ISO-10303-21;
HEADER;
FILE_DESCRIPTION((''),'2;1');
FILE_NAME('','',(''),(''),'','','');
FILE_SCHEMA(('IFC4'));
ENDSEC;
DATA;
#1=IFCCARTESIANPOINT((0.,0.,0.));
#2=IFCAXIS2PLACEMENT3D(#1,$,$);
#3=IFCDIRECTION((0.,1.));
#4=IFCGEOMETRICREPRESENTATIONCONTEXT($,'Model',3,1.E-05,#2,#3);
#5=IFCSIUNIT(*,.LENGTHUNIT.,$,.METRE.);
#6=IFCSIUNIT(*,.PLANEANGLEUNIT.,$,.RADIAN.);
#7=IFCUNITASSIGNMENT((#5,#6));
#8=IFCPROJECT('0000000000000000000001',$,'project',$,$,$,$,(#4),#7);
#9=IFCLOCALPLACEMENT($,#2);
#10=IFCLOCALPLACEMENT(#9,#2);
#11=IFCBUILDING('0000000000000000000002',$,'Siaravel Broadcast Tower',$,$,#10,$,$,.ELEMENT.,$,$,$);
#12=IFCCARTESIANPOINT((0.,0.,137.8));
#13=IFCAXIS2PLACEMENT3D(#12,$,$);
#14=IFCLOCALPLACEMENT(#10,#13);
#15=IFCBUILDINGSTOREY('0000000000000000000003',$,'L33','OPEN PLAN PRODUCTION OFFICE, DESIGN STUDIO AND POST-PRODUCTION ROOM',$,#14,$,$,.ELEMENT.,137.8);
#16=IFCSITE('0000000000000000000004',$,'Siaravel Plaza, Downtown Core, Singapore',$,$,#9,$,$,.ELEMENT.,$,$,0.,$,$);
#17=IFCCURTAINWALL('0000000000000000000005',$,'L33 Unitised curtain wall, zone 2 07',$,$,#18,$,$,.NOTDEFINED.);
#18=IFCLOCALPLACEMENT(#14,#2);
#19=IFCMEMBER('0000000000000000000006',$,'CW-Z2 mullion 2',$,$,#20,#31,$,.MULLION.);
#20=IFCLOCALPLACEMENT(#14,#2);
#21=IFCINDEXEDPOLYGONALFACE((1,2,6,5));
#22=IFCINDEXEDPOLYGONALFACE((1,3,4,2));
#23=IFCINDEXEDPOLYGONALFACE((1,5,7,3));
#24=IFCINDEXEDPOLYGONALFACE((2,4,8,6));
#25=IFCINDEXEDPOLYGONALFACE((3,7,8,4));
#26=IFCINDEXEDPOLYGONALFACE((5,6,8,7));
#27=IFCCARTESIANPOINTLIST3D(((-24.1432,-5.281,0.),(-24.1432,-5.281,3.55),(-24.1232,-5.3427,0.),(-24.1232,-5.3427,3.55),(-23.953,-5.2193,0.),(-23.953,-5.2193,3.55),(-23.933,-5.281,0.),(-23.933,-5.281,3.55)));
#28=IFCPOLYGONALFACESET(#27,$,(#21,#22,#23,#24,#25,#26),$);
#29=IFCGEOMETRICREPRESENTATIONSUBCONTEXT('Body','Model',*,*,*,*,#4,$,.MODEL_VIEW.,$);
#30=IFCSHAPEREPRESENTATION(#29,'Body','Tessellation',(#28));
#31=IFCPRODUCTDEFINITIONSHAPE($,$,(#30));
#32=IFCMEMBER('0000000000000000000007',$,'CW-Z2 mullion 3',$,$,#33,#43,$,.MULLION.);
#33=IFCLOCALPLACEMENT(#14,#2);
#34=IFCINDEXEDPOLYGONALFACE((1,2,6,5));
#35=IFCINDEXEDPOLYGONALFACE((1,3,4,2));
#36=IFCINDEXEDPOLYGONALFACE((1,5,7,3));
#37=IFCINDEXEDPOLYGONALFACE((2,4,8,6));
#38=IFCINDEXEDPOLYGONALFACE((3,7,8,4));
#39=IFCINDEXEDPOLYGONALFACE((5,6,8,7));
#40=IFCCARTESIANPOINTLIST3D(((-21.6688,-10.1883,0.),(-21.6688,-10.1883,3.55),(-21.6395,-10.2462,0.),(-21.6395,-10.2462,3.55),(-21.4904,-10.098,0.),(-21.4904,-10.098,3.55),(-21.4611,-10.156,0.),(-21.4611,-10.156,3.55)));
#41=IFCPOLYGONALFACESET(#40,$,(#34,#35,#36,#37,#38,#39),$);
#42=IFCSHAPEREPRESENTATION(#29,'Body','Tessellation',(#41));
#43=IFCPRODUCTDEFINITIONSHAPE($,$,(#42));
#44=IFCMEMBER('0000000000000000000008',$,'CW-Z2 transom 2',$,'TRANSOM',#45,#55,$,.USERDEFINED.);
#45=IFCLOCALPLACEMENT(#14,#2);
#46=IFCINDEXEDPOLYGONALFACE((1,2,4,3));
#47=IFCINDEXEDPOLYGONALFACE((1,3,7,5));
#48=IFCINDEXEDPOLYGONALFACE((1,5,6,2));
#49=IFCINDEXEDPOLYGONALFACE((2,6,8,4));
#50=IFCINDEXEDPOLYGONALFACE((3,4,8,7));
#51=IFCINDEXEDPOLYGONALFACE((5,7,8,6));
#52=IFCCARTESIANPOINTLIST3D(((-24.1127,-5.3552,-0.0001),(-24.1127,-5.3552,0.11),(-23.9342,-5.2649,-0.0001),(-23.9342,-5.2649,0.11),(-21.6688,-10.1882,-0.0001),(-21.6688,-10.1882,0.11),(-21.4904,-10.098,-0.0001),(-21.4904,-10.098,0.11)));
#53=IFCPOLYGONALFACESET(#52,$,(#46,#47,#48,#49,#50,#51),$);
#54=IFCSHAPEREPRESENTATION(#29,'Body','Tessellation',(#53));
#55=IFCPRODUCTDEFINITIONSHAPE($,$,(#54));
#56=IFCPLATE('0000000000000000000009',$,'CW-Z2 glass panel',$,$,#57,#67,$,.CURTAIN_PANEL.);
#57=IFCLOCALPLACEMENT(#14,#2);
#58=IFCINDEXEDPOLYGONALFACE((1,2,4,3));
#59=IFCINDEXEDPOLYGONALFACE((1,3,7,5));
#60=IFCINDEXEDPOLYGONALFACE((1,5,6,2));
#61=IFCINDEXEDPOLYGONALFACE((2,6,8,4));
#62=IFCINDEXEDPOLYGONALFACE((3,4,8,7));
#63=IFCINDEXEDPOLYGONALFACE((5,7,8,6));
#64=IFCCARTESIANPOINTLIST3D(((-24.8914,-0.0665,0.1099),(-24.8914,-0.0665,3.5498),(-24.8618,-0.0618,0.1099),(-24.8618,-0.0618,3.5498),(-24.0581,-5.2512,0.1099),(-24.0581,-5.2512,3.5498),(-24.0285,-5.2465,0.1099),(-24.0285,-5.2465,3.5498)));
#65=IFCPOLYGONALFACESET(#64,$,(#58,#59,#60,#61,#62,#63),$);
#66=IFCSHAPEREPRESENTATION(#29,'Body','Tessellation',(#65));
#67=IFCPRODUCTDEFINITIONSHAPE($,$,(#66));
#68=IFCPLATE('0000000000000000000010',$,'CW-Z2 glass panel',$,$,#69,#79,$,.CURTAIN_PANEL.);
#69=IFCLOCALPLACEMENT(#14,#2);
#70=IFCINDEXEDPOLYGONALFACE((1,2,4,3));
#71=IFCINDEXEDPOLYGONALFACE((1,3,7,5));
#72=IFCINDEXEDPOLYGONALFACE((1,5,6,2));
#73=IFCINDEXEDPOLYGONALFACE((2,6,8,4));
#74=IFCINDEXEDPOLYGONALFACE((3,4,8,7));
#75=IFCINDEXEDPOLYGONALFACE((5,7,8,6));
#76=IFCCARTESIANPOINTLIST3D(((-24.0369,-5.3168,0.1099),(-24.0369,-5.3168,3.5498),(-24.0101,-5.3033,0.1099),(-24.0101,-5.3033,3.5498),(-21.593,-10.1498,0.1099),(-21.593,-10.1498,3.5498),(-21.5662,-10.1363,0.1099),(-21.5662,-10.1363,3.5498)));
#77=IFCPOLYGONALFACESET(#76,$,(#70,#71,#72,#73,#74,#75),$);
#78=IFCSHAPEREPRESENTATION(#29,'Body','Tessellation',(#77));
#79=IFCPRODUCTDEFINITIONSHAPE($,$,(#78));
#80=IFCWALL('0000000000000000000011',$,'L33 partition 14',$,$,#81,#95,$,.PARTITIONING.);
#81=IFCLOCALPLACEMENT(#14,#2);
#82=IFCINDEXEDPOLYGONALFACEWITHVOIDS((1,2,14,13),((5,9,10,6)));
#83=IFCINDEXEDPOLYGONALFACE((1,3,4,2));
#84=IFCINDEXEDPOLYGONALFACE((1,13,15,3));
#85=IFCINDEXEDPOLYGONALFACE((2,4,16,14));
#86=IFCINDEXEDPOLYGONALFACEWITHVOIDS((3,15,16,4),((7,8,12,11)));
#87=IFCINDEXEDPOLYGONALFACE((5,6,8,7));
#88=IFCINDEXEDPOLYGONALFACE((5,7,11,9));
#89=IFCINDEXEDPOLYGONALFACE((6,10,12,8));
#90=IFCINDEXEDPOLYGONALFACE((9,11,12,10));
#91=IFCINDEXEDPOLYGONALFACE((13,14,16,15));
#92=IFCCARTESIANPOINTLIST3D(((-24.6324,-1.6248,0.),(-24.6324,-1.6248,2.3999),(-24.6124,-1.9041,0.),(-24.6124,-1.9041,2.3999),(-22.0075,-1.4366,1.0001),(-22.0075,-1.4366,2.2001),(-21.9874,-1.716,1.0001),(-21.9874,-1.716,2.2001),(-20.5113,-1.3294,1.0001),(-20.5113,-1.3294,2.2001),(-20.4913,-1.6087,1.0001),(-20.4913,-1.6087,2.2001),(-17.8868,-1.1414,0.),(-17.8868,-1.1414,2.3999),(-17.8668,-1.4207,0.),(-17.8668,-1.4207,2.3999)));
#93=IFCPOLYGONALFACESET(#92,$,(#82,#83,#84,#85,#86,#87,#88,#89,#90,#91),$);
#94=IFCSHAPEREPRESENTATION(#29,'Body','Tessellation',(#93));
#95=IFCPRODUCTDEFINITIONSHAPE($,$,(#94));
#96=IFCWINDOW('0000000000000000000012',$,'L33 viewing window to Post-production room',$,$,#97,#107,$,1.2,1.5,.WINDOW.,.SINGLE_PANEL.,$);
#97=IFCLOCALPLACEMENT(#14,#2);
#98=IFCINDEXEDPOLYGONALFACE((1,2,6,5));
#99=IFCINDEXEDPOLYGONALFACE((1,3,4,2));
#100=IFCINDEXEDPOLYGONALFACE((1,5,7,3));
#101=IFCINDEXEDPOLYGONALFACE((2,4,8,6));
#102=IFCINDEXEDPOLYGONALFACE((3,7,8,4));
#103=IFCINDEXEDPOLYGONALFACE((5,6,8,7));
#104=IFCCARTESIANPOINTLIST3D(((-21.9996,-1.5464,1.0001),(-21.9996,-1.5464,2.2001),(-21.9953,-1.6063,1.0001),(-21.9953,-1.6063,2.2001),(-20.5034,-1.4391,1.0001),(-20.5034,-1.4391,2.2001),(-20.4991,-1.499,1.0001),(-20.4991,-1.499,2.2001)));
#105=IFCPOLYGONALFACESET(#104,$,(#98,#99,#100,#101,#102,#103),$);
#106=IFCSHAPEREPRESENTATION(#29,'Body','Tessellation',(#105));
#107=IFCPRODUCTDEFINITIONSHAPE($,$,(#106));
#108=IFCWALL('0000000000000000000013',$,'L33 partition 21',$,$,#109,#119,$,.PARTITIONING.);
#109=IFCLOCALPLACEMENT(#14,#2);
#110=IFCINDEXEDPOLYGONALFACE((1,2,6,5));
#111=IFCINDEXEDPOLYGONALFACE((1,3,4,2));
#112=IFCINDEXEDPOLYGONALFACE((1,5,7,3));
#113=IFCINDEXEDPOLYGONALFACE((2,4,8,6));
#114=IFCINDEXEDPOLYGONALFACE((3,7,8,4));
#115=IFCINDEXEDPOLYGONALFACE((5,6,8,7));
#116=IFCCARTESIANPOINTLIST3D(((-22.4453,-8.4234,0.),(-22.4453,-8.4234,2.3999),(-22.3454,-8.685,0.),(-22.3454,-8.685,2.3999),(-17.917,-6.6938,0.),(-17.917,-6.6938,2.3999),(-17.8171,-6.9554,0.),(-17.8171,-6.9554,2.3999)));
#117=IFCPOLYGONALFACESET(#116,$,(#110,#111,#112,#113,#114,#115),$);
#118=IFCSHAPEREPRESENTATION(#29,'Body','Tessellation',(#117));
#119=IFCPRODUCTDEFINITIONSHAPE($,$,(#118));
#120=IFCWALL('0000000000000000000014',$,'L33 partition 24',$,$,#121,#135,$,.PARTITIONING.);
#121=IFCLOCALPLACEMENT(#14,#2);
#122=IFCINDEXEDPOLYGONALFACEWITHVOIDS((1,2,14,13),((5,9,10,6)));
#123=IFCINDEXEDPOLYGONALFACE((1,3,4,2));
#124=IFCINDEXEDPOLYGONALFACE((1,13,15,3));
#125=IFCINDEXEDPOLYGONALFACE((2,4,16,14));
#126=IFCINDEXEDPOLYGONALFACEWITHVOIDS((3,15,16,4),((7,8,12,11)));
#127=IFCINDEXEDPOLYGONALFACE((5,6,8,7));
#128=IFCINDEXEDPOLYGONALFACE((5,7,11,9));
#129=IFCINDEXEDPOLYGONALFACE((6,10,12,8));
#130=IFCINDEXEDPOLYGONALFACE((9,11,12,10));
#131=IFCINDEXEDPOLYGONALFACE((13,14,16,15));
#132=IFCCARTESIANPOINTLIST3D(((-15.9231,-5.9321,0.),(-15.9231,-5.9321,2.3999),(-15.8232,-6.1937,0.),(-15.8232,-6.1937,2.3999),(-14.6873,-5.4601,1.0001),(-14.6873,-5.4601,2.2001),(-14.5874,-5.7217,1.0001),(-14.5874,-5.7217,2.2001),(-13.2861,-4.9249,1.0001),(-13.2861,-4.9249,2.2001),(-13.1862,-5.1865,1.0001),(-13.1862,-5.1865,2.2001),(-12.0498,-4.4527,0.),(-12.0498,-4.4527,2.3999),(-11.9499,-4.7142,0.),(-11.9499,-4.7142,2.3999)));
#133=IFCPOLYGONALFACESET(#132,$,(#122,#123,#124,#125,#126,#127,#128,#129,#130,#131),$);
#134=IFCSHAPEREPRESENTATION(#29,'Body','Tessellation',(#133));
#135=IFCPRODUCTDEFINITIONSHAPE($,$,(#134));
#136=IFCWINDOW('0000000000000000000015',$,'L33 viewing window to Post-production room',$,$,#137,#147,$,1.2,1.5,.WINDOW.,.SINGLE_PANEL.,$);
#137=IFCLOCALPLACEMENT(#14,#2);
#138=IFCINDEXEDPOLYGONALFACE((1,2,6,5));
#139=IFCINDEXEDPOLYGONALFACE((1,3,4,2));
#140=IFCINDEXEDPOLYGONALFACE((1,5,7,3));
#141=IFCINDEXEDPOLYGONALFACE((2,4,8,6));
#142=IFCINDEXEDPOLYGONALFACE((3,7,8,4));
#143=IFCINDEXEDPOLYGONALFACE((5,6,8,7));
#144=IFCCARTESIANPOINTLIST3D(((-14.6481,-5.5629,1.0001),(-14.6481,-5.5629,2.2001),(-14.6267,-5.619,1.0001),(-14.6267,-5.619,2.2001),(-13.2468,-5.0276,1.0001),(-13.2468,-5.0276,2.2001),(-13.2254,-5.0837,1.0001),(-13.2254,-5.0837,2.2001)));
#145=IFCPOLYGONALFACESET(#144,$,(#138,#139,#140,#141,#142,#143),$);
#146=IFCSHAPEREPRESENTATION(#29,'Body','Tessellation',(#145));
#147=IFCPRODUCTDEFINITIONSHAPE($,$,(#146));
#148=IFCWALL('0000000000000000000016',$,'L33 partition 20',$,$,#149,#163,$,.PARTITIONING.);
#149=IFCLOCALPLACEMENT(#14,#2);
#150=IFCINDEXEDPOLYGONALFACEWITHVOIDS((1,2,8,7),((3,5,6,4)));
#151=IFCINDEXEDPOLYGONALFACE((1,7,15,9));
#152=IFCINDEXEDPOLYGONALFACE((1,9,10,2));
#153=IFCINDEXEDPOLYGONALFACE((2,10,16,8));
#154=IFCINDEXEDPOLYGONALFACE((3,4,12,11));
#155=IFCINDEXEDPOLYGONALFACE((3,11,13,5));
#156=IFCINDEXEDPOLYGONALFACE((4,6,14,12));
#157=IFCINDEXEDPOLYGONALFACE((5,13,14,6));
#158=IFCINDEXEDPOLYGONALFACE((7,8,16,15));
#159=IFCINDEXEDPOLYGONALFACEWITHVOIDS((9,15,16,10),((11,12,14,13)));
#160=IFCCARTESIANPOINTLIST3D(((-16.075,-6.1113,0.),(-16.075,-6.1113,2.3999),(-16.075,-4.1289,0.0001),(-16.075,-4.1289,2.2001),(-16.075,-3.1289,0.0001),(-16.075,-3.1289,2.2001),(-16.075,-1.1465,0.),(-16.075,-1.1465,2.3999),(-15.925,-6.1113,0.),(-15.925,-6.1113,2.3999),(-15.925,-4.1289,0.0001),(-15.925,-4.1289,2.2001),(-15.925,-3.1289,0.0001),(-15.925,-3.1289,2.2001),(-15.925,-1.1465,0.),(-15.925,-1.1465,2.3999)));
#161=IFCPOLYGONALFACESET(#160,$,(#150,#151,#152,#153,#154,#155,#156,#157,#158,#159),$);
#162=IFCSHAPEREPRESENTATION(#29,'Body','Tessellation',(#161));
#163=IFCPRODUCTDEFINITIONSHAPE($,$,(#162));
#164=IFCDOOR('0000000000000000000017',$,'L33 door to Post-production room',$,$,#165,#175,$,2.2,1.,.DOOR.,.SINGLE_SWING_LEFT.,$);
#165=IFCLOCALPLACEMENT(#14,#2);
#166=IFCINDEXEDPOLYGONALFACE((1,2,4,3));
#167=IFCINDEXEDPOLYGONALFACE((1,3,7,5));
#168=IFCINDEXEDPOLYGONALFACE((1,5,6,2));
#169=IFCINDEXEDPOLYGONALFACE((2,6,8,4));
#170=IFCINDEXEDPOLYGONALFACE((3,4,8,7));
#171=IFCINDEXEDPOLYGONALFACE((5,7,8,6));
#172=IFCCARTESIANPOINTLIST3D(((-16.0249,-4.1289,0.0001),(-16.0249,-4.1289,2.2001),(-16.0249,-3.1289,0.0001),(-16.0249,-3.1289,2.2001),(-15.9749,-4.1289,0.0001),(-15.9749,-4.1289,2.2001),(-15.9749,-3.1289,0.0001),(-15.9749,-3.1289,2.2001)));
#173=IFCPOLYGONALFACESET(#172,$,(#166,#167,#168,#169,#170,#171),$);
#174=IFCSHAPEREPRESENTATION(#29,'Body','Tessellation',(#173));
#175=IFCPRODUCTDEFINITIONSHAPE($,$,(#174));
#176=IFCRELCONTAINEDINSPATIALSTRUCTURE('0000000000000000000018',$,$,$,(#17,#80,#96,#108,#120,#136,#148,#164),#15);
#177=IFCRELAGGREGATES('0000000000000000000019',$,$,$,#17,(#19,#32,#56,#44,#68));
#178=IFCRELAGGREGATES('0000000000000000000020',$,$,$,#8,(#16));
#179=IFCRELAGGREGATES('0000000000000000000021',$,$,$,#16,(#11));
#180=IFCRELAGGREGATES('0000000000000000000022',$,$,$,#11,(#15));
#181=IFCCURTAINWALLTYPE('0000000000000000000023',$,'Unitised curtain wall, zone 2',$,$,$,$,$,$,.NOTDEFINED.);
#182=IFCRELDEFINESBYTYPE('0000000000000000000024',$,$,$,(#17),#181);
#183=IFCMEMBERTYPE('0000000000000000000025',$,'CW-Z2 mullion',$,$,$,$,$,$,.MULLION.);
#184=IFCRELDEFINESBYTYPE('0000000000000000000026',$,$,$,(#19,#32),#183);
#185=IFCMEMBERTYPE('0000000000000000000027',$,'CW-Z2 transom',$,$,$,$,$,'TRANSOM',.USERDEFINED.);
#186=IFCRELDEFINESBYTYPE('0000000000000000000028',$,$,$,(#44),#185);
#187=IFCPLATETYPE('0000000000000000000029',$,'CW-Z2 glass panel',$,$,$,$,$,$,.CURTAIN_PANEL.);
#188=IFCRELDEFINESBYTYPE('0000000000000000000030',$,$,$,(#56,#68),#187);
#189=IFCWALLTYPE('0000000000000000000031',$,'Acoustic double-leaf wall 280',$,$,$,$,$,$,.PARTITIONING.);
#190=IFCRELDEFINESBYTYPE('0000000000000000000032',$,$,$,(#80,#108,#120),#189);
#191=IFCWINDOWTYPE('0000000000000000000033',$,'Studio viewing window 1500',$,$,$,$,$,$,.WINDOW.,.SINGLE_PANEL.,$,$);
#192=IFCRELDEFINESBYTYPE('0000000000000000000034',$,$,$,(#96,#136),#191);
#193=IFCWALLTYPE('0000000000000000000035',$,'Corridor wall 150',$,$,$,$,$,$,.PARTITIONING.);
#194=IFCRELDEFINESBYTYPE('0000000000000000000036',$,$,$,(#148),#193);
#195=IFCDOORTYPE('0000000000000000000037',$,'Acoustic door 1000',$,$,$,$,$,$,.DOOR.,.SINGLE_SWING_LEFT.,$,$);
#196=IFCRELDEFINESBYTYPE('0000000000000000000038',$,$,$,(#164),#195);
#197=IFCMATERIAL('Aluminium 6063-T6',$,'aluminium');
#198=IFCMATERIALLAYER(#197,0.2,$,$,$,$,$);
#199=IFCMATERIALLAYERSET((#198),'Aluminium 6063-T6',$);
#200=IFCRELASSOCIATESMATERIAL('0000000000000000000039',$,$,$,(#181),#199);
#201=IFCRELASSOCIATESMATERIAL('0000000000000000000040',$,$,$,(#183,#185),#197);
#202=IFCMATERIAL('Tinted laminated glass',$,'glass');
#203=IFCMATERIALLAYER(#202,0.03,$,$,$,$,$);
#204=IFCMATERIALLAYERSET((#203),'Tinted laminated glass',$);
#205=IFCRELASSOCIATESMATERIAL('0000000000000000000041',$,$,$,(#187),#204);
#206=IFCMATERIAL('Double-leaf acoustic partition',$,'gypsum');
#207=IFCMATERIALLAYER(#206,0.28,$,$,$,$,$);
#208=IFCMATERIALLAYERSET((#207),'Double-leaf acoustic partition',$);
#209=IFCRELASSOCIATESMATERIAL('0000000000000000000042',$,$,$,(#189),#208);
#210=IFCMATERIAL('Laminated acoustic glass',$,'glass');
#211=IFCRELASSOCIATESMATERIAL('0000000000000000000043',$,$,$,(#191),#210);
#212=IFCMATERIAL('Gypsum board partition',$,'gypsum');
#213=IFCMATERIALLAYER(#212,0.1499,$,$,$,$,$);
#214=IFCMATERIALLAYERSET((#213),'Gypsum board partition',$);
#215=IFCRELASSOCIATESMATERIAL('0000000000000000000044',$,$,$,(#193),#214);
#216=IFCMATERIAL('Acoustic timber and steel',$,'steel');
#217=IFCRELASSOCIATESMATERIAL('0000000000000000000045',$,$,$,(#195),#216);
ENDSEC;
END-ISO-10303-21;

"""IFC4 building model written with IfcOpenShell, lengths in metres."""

from ifc_helpers import new_model, si_unit, direction, frame, frame_2d, origin, origin_2d, place, context, subcontext, project, spatial, rectangle, extrude, material, layer, layer_set, material_profile, profile_set, type_object, element, fill, aggregate, save


model = new_model("IFC4")

# Units and contexts
model_context = context("Model", 3, precision=1e-05, world=origin(), true_north=direction((0.0, 1.0)))
body_context = subcontext(model_context, "Body", "Model", "MODEL_VIEW")
ifc_project = project(units=[si_unit("LENGTHUNIT", "METRE"), si_unit("PLANEANGLEUNIT", "RADIAN")], contexts=[model_context])

# Site, building, storey
site_placement = place(None, origin())
site = spatial("IfcSite", under=ifc_project, at=site_placement, Name="Siaravel Plaza, Downtown Core, Singapore", CompositionType="ELEMENT", RefElevation=0.0)
building_placement = place(site_placement, origin())
building = spatial("IfcBuilding", under=site, at=building_placement, Name="Siaravel Broadcast Tower", CompositionType="ELEMENT")
storey_placement = place(building_placement, frame((0.0, 0.0, 137.8)))
storey = spatial("IfcBuildingStorey", under=building, at=storey_placement, Name="L33", Description="OPEN PLAN PRODUCTION OFFICE, DESIGN STUDIO AND POST-PRODUCTION ROOM", CompositionType="ELEMENT", Elevation=137.8)

# Curtain wall, members, plates
ifc_material_1 = material(Name="Aluminium 6063-T6", Category="aluminium")
ifc_layer_1 = layer(ifc_material_1, 0.2)
ifc_layer_set_1 = layer_set([ifc_layer_1], Name="Aluminium 6063-T6")
curtain_wall_type = type_object("IfcCurtainWallType", Name="Unitised curtain wall, zone 2", PredefinedType="NOTDEFINED", material=ifc_layer_set_1)
curtain_wall_placement = place(storey_placement, origin())
curtain_wall = element("IfcCurtainWall", 1, at=curtain_wall_placement, inside=storey, type_object=curtain_wall_type, Name="L33 Unitised curtain wall, zone 2 07", PredefinedType="NOTDEFINED")
ifc_material_profile_1 = material_profile(ifc_material_1, rectangle(XDim=0.2, YDim=0.0649, at=origin_2d()))
ifc_profile_set_1 = profile_set([ifc_material_profile_1], Name="Aluminium 6063-T6")
member_type_1 = type_object("IfcMemberType", Name="CW-Z2 mullion", PredefinedType="MULLION", material=ifc_profile_set_1)
member_1_placement = place(storey_placement, frame((-24.0381, -5.281, 0.0), z_axis=(0.0, 0.0, 1.0), x_axis=(0.951178, 0.308644, 0.0)))
member_1 = element("IfcMember", 2, at=member_1_placement, type_object=member_type_1, Name="CW-Z2 mullion 2", PredefinedType="MULLION", context=body_context, shape_type="SweptSolid", body=[
    extrude(rectangle(XDim=0.2, YDim=0.0649, at=origin_2d()), origin(), (0.0, 0.0, 1.0), 3.55),
])
member_2_placement = place(storey_placement, frame((-21.5649, -10.1721, 0.0), z_axis=(0.0, 0.0, 1.0), x_axis=(0.892393, 0.451259, 0.0)))
member_2 = element("IfcMember", 3, at=member_2_placement, type_object=member_type_1, Name="CW-Z2 mullion 3", PredefinedType="MULLION", context=body_context, shape_type="SweptSolid", body=[
    extrude(rectangle(XDim=0.2, YDim=0.0649, at=origin_2d()), origin(), (0.0, 0.0, 1.0), 3.55),
])
ifc_material_profile_2 = material_profile(ifc_material_1, rectangle(XDim=0.2, YDim=0.1101, at=origin_2d()))
ifc_profile_set_2 = profile_set([ifc_material_profile_2], Name="Aluminium 6063-T6")
member_type_2 = type_object("IfcMemberType", Name="CW-Z2 transom", ElementType="TRANSOM", PredefinedType="USERDEFINED", material=ifc_profile_set_2)
member_3_placement = place(storey_placement, frame((-24.0234, -5.3101, 0.0549), z_axis=(0.451248, -0.892398, 0.0), x_axis=(0.892398, 0.451248, 0.0)))
member_3 = element("IfcMember", 4, at=member_3_placement, type_object=member_type_2, Name="CW-Z2 transom 2", ObjectType="TRANSOM", PredefinedType="USERDEFINED", context=body_context, shape_type="SweptSolid", body=[
    extrude(rectangle(XDim=0.2, YDim=0.1101, at=origin_2d()), origin(), (0.0, 0.0, 1.0), 5.4158),
])
ifc_material_2 = material(Name="Tinted laminated glass", Category="glass")
ifc_layer_2 = layer(ifc_material_2, 0.03)
ifc_layer_set_2 = layer_set([ifc_layer_2], Name="Tinted laminated glass")
plate_type = type_object("IfcPlateType", Name="CW-Z2 glass panel", PredefinedType="CURTAIN_PANEL", material=ifc_layer_set_2)
plate_1_placement = place(storey_placement, frame((-24.46, -2.6565, 0.1099), z_axis=(0.0, 0.0, 1.0), x_axis=(0.158685, -0.987329, 0.0)))
plate_1 = element("IfcPlate", 5, at=plate_1_placement, type_object=plate_type, Name="CW-Z2 glass panel", PredefinedType="CURTAIN_PANEL", context=body_context, shape_type="SweptSolid", body=[
    extrude(rectangle(XDim=5.2512, YDim=0.03, at=origin_2d()), origin(), (0.0, 0.0, 1.0), 3.4399),
])
plate_2_placement = place(storey_placement, frame((-22.8015, -7.7266, 0.1099), z_axis=(0.0, 0.0, 1.0), x_axis=(0.451259, -0.892393, 0.0)))
plate_2 = element("IfcPlate", 6, at=plate_2_placement, type_object=plate_type, Name="CW-Z2 glass panel", PredefinedType="CURTAIN_PANEL", context=body_context, shape_type="SweptSolid", body=[
    extrude(rectangle(XDim=5.4158, YDim=0.03, at=origin_2d()), origin(), (0.0, 0.0, 1.0), 3.4399),
])
aggregate(curtain_wall, [member_1, member_2, plate_1, member_3, plate_2])

# Wall, opening, window
ifc_material_3 = material(Name="Double-leaf acoustic partition", Category="gypsum")
ifc_layer_3 = layer(ifc_material_3, 0.28)
ifc_layer_set_3 = layer_set([ifc_layer_3], Name="Double-leaf acoustic partition")
wall_type_1 = type_object("IfcWallType", Name="Acoustic double-leaf wall 280", PredefinedType="PARTITIONING", material=ifc_layer_set_3)
wall_1_placement = place(storey_placement, frame((-24.6223, -1.7644, 0.0), z_axis=(0.0, 0.0, 1.0), x_axis=(0.997442, 0.071478, 0.0)))
wall_1 = element("IfcWall", 7, at=wall_1_placement, inside=storey, type_object=wall_type_1, Name="L33 partition 14", PredefinedType="PARTITIONING", context=body_context, shape_type="SweptSolid", body=[
    extrude(rectangle(XDim=6.7629, YDim=0.28, at=frame_2d((3.3813, 0.0))), origin(), (0.0, 0.0, 1.0), 2.3999),
])
opening_1_placement = place(wall_1_placement, frame((2.6316, 0.0, 1.0)))
opening_1 = element("IfcOpeningElement", 8, at=opening_1_placement, cuts=wall_1, PredefinedType="OPENING", context=body_context, shape_type="SweptSolid", body=[
    extrude(rectangle(XDim=1.5, YDim=1.2, at=frame_2d((0.75, 0.6001))), frame((0.0, 0.1499, 0.0), z_axis=(0.0, -1.0, 0.0), x_axis=(1.0, 0.0, 0.0)), (0.0, 0.0, 1.0), 0.3),
])
ifc_material_4 = material(Name="Laminated acoustic glass", Category="glass")
window_type = type_object("IfcWindowType", Name="Studio viewing window 1500", PartitioningType="SINGLE_PANEL", PredefinedType="WINDOW", material=ifc_material_4)
window_1_placement = place(opening_1_placement, origin())
window_1 = element("IfcWindow", 9, at=window_1_placement, inside=storey, type_object=window_type, Name="L33 viewing window to Post-production room", OverallHeight=1.2, OverallWidth=1.5, PartitioningType="SINGLE_PANEL", PredefinedType="WINDOW", context=body_context, shape_type="SweptSolid", body=[
    extrude(rectangle(XDim=1.5, YDim=1.2, at=frame_2d((0.75, 0.6001))), frame((0.0, 0.03, 0.0), z_axis=(0.0, -1.0, 0.0), x_axis=(1.0, 0.0, 0.0)), (0.0, 0.0, 1.0), 0.0601),
])
fill(opening_1, window_1)

# Wall
wall_2_placement = place(storey_placement, frame((-22.3955, -8.5542, 0.0), z_axis=(0.0, 0.0, 1.0), x_axis=(0.934184, 0.356791, 0.0)))
element("IfcWall", 10, at=wall_2_placement, inside=storey, type_object=wall_type_1, Name="L33 partition 21", PredefinedType="PARTITIONING", context=body_context, shape_type="SweptSolid", body=[
    extrude(rectangle(XDim=4.8474, YDim=0.28, at=frame_2d((2.4238, 0.0))), origin(), (0.0, 0.0, 1.0), 2.3999),
])

# Wall, opening, window
wall_3_placement = place(storey_placement, frame((-15.8733, -6.063, 0.0), z_axis=(0.0, 0.0, 1.0), x_axis=(0.93417, 0.356828, 0.0)))
wall_3 = element("IfcWall", 11, at=wall_3_placement, inside=storey, type_object=wall_type_1, Name="L33 partition 24", PredefinedType="PARTITIONING", context=body_context, shape_type="SweptSolid", body=[
    extrude(rectangle(XDim=4.1462, YDim=0.28, at=frame_2d((2.0732, 0.0))), origin(), (0.0, 0.0, 1.0), 2.3999),
])
opening_2_placement = place(wall_3_placement, frame((1.323, 0.0, 1.0)))
opening_2 = element("IfcOpeningElement", 12, at=opening_2_placement, cuts=wall_3, PredefinedType="OPENING", context=body_context, shape_type="SweptSolid", body=[
    extrude(rectangle(XDim=1.5, YDim=1.2, at=frame_2d((0.75, 0.6001))), frame((0.0, 0.1499, 0.0), z_axis=(0.0, -1.0, 0.0), x_axis=(1.0, 0.0, 0.0)), (0.0, 0.0, 1.0), 0.3),
])
window_2_placement = place(opening_2_placement, origin())
window_2 = element("IfcWindow", 13, at=window_2_placement, inside=storey, type_object=window_type, Name="L33 viewing window to Post-production room", OverallHeight=1.2, OverallWidth=1.5, PartitioningType="SINGLE_PANEL", PredefinedType="WINDOW", context=body_context, shape_type="SweptSolid", body=[
    extrude(rectangle(XDim=1.5, YDim=1.2, at=frame_2d((0.75, 0.6001))), frame((0.0, 0.03, 0.0), z_axis=(0.0, -1.0, 0.0), x_axis=(1.0, 0.0, 0.0)), (0.0, 0.0, 1.0), 0.0601),
])
fill(opening_2, window_2)

# Wall, opening, door
ifc_material_5 = material(Name="Gypsum board partition", Category="gypsum")
ifc_layer_4 = layer(ifc_material_5, 0.1499)
ifc_layer_set_4 = layer_set([ifc_layer_4], Name="Gypsum board partition")
wall_type_2 = type_object("IfcWallType", Name="Corridor wall 150", PredefinedType="PARTITIONING", material=ifc_layer_set_4)
wall_4_placement = place(storey_placement, frame((-16.0, -6.1113, 0.0), z_axis=(0.0, 0.0, 1.0), x_axis=(0.0, 1.0, 0.0)))
wall_4 = element("IfcWall", 14, at=wall_4_placement, inside=storey, type_object=wall_type_2, Name="L33 partition 20", PredefinedType="PARTITIONING", context=body_context, shape_type="SweptSolid", body=[
    extrude(rectangle(XDim=4.9648, YDim=0.1499, at=frame_2d((2.4824, 0.0))), origin(), (0.0, 0.0, 1.0), 2.3999),
])
opening_3_placement = place(wall_4_placement, frame((1.9824, 0.0, 0.0)))
opening_3 = element("IfcOpeningElement", 15, at=opening_3_placement, cuts=wall_4, PredefinedType="OPENING", context=body_context, shape_type="SweptSolid", body=[
    extrude(rectangle(XDim=1.0, YDim=2.2, at=frame_2d((0.5, 1.1001))), frame((0.0, 0.085, 0.0), z_axis=(0.0, -1.0, 0.0), x_axis=(1.0, 0.0, 0.0)), (0.0, 0.0, 1.0), 0.1699),
])
ifc_material_6 = material(Name="Acoustic timber and steel", Category="steel")
door_type = type_object("IfcDoorType", Name="Acoustic door 1000", OperationType="SINGLE_SWING_LEFT", PredefinedType="DOOR", material=ifc_material_6)
door_placement = place(opening_3_placement, origin())
door = element("IfcDoor", 16, at=door_placement, inside=storey, type_object=door_type, Name="L33 door to Post-production room", OperationType="SINGLE_SWING_LEFT", OverallHeight=2.2, OverallWidth=1.0, PredefinedType="DOOR", context=body_context, shape_type="SweptSolid", body=[
    extrude(rectangle(XDim=1.0, YDim=2.2, at=frame_2d((0.5, 1.1001))), frame((0.0, 0.0249, 0.0), z_axis=(0.0, -1.0, 0.0), x_axis=(1.0, 0.0, 0.0)), (0.0, 0.0, 1.0), 0.05),
])
fill(opening_3, door)

save(model, "model.ifc")
